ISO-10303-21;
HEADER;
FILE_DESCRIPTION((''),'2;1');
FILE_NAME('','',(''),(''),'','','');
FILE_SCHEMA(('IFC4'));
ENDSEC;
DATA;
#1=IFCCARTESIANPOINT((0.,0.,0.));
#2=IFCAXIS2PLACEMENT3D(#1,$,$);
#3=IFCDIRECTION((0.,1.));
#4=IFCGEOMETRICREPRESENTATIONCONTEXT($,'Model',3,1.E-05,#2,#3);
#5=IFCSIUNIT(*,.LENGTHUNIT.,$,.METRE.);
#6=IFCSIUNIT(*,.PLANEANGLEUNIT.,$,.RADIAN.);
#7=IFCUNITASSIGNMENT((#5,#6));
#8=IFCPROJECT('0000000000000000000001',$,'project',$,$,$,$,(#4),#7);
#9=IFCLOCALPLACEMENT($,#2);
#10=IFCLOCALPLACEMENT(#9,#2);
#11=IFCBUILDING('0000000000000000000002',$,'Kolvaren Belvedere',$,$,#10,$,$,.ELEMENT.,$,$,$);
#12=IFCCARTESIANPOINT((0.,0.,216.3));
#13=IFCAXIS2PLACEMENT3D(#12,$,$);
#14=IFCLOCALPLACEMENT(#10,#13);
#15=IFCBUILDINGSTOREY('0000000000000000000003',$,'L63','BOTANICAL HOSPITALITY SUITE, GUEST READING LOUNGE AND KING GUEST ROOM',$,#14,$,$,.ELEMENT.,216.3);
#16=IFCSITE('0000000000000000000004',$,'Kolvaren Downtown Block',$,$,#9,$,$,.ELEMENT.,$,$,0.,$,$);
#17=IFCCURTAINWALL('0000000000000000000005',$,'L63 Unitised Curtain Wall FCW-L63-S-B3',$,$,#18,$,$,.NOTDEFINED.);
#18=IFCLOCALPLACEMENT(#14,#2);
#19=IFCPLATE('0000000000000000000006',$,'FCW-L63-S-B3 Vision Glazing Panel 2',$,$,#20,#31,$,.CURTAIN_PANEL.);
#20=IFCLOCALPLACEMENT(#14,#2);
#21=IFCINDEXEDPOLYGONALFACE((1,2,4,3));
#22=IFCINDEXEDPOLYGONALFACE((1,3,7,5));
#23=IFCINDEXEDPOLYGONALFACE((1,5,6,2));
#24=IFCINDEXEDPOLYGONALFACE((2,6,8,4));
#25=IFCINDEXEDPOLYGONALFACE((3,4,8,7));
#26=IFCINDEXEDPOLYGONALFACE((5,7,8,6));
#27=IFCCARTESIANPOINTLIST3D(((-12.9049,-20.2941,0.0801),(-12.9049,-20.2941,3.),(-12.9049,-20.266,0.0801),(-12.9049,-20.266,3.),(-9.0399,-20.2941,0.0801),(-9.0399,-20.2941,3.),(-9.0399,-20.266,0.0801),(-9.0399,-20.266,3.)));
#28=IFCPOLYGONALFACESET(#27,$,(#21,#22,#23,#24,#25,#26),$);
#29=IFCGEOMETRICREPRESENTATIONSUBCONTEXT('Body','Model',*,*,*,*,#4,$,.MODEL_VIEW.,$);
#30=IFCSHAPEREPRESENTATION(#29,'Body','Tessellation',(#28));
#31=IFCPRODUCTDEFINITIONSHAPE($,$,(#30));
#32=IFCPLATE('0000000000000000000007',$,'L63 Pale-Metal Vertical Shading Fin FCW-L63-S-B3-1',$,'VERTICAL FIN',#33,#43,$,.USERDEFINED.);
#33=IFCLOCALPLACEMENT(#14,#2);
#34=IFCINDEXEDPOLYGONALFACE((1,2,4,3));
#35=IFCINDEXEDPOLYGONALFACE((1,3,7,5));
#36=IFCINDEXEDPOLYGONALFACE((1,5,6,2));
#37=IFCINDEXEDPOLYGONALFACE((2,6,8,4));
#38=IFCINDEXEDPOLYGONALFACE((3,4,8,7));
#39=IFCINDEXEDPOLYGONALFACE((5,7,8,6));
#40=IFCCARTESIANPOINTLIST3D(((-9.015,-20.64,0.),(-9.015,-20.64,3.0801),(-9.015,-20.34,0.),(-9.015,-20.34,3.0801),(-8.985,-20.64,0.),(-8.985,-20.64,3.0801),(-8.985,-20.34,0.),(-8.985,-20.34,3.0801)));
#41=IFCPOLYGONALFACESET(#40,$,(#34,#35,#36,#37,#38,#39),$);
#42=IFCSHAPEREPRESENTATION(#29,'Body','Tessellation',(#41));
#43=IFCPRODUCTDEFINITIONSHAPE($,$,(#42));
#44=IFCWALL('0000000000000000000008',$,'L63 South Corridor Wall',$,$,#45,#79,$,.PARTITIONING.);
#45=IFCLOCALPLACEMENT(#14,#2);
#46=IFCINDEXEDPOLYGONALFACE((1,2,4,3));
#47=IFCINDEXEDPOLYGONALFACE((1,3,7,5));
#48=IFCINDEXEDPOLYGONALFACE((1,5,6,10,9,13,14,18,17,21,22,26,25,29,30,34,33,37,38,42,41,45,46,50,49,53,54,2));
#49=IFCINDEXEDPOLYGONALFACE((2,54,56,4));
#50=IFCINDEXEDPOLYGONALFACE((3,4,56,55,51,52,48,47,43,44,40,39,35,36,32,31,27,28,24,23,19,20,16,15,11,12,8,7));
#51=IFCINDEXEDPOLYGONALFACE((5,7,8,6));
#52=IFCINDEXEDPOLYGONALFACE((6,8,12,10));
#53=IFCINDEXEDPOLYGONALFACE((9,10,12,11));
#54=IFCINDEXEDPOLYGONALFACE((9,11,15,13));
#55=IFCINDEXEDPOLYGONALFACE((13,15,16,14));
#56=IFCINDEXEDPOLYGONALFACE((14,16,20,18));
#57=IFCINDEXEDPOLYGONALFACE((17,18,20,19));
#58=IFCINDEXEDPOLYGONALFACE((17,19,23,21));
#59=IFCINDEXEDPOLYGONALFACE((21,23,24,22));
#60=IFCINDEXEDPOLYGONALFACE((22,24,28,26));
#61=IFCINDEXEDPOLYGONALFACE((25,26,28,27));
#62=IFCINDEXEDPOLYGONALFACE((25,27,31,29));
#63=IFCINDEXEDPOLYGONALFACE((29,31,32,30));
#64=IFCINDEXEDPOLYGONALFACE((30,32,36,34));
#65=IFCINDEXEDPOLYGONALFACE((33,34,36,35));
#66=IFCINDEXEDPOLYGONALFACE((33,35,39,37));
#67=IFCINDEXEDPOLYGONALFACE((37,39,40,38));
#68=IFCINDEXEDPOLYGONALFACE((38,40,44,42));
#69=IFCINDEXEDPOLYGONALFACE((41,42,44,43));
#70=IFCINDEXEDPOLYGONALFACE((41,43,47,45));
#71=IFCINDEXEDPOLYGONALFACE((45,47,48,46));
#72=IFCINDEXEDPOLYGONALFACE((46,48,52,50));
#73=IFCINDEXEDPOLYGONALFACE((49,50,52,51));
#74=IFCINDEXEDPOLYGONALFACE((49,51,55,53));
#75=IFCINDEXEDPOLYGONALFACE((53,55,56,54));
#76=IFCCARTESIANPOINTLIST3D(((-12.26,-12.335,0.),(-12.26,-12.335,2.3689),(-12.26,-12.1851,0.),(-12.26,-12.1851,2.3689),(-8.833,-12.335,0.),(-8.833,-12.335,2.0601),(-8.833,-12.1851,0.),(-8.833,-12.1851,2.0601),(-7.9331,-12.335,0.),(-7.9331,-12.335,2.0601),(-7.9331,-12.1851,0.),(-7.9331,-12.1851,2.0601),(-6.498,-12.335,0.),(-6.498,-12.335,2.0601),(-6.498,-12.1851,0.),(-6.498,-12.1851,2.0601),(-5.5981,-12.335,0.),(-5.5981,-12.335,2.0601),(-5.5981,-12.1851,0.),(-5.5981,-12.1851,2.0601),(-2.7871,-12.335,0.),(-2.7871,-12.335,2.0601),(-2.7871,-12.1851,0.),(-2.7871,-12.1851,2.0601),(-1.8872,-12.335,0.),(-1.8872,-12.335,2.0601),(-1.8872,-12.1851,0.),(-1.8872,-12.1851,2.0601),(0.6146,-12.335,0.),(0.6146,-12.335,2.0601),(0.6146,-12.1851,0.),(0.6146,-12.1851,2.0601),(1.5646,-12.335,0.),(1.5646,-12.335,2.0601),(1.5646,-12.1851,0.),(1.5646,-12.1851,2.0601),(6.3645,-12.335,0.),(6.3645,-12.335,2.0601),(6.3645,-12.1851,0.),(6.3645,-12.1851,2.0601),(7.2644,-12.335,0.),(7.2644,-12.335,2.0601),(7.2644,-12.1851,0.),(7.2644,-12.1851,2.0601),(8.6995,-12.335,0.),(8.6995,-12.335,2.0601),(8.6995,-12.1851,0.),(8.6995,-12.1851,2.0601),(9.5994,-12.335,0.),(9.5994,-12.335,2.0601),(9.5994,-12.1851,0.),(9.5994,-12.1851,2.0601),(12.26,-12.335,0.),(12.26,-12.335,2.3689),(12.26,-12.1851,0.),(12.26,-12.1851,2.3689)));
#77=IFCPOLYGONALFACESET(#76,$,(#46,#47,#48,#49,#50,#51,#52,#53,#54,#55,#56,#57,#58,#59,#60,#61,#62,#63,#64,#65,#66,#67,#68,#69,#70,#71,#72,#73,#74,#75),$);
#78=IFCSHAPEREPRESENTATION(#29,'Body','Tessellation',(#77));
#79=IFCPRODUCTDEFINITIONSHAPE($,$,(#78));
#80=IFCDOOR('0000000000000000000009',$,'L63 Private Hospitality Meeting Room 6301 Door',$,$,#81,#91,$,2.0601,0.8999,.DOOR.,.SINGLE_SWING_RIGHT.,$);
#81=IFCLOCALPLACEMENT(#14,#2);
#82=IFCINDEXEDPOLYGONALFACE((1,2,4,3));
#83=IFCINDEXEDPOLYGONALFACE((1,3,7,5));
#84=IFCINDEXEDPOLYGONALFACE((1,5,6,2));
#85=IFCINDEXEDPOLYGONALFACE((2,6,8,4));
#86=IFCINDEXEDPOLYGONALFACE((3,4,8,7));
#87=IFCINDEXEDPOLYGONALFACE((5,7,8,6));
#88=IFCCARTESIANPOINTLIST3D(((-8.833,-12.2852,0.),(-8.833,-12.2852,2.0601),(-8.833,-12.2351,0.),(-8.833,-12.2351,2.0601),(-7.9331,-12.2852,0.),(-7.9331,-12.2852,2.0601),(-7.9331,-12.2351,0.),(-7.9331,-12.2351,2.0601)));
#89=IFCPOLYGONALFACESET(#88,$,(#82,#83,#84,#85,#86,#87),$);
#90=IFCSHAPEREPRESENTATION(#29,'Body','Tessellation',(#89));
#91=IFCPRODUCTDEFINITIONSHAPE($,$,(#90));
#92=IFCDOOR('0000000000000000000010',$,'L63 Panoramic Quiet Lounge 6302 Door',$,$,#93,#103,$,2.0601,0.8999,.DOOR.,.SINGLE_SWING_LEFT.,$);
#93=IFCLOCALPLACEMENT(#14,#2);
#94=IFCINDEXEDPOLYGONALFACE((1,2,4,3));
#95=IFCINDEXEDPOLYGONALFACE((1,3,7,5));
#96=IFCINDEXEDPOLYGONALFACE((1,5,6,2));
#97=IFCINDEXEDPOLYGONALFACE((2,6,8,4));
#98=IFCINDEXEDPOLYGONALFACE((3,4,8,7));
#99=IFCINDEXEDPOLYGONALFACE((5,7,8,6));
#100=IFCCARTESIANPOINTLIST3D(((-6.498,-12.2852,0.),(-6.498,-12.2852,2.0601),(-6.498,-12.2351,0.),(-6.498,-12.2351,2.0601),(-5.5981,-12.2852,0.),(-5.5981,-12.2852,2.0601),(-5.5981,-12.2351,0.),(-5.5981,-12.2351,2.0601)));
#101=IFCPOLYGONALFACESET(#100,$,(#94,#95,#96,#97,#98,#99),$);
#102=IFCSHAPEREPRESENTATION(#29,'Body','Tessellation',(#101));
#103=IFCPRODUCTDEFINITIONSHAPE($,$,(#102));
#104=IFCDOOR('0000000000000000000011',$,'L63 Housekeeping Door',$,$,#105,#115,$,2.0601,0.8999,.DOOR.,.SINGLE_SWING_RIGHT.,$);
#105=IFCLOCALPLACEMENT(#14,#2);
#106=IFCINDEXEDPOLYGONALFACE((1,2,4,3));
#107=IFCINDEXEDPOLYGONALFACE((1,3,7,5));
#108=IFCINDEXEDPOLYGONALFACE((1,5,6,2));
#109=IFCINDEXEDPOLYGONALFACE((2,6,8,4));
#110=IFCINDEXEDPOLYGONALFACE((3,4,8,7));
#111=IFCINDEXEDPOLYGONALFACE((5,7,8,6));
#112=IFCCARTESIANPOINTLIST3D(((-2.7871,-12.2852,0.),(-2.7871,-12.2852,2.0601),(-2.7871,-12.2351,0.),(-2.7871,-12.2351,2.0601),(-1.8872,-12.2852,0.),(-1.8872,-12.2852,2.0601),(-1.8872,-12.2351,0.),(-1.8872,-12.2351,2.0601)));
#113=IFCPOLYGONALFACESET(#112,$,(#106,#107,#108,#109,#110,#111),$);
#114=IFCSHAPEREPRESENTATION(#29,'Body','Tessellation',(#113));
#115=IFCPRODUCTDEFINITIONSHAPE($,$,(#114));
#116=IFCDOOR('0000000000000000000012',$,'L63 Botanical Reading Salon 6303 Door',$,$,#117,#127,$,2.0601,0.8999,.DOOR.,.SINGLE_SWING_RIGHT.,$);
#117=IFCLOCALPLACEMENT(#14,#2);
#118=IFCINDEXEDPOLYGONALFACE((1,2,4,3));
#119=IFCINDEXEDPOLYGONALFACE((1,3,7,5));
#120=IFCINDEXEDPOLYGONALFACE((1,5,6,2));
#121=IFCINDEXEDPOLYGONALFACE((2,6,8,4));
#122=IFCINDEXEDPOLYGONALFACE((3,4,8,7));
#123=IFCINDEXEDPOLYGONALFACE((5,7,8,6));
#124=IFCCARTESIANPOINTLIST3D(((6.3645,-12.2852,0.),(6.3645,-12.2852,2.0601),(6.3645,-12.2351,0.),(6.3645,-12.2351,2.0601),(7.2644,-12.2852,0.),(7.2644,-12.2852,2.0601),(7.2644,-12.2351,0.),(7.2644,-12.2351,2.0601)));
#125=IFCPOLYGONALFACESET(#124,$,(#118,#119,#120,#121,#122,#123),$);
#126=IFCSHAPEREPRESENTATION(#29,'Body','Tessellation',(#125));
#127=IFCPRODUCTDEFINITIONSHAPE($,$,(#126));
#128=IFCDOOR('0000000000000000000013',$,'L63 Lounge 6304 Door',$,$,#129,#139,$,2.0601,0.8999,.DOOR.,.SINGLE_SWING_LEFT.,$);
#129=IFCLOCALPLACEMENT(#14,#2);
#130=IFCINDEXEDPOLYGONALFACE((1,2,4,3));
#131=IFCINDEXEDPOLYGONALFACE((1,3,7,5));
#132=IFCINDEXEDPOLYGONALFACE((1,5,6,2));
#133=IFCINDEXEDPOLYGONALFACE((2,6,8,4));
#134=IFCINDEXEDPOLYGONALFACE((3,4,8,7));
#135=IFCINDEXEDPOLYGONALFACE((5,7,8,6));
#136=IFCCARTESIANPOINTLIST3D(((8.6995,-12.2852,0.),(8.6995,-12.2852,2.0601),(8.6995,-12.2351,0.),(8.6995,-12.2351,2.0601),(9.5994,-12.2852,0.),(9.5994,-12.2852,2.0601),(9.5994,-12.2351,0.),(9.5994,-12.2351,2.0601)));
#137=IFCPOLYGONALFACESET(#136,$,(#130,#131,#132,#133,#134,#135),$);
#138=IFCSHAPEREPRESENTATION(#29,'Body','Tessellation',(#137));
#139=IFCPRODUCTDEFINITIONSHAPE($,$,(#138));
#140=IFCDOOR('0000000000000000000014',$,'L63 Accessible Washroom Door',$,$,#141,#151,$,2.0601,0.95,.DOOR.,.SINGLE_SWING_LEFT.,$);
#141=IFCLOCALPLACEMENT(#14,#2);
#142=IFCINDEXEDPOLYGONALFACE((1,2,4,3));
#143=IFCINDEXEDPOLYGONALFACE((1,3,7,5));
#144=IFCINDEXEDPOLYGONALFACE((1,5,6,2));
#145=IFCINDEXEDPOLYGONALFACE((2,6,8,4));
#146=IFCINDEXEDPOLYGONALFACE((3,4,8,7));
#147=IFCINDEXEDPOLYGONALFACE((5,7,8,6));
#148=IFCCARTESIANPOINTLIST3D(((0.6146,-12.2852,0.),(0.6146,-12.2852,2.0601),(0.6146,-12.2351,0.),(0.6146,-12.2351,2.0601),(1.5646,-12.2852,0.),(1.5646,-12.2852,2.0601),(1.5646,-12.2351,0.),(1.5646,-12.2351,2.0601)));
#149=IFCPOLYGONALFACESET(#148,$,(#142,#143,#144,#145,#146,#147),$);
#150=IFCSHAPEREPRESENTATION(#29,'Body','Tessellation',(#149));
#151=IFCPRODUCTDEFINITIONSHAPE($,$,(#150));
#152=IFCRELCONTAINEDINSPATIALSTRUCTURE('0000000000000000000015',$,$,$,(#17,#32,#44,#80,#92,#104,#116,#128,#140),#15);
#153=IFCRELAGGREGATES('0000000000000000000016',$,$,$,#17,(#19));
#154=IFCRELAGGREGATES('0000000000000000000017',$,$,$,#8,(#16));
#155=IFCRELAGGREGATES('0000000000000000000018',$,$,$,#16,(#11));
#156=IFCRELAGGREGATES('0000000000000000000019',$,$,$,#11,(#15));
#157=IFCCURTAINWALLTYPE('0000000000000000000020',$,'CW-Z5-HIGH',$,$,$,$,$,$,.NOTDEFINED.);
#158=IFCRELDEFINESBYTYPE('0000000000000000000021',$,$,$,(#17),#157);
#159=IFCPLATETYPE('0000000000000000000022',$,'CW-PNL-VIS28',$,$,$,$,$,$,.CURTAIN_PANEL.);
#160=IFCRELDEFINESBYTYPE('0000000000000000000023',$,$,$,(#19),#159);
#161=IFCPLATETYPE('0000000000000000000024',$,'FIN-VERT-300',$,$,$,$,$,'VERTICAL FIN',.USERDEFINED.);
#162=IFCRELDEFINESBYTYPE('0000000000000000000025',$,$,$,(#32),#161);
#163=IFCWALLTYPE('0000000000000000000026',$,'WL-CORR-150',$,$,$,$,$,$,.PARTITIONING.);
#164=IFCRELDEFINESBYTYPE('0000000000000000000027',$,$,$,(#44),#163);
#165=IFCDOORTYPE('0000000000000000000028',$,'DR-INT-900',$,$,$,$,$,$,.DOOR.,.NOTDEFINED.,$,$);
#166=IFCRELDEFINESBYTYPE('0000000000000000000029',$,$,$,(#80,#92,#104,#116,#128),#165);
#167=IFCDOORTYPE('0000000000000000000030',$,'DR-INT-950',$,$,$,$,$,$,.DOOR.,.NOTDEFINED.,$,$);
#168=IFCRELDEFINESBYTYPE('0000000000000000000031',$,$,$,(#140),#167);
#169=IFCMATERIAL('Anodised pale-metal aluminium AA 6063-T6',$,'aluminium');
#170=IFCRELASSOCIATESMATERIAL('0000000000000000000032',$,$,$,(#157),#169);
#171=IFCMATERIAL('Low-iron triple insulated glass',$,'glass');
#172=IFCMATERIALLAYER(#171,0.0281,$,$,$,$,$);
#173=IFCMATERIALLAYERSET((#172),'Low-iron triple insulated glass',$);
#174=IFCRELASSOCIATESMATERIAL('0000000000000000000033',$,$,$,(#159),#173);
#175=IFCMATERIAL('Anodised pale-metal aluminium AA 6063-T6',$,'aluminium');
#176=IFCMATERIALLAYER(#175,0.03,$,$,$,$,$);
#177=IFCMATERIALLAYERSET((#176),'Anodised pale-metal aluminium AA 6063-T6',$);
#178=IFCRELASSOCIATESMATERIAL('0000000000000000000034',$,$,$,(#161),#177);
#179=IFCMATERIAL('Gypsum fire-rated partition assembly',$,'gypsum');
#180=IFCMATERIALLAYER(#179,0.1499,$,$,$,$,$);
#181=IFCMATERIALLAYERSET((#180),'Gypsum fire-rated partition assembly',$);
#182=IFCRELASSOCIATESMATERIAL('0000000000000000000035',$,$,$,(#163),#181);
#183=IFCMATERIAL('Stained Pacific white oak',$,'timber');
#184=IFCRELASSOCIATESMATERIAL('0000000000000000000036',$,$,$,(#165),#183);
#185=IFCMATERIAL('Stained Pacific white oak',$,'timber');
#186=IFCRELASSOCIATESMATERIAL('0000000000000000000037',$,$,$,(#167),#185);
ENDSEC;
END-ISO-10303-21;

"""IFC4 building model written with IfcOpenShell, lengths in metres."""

from ifc_helpers import new_model, si_unit, direction, frame, frame_2d, origin, origin_2d, place, context, subcontext, project, spatial, rectangle, extrude, material, layer, layer_set, type_object, element, fill, aggregate, save


model = new_model("IFC4")

# Units and contexts
model_context = context("Model", 3, precision=1e-05, world=origin(), true_north=direction((0.0, 1.0)))
body_context = subcontext(model_context, "Body", "Model", "MODEL_VIEW")
ifc_project = project(units=[si_unit("LENGTHUNIT", "METRE"), si_unit("PLANEANGLEUNIT", "RADIAN")], contexts=[model_context])

# Site, building, storey
site_placement = place(None, origin())
site = spatial("IfcSite", under=ifc_project, at=site_placement, Name="Kolvaren Downtown Block", CompositionType="ELEMENT", RefElevation=0.0)
building_placement = place(site_placement, origin())
building = spatial("IfcBuilding", under=site, at=building_placement, Name="Kolvaren Belvedere", CompositionType="ELEMENT")
storey_placement = place(building_placement, frame((0.0, 0.0, 216.3)))
storey = spatial("IfcBuildingStorey", under=building, at=storey_placement, Name="L63", Description="BOTANICAL HOSPITALITY SUITE, GUEST READING LOUNGE AND KING GUEST ROOM", CompositionType="ELEMENT", Elevation=216.3)

# Curtain wall, plate
ifc_material_1 = material(Name="Anodised pale-metal aluminium AA 6063-T6", Category="aluminium")
curtain_wall_type = type_object("IfcCurtainWallType", Name="CW-Z5-HIGH", PredefinedType="NOTDEFINED", material=ifc_material_1)
curtain_wall_placement = place(storey_placement, origin())
curtain_wall = element("IfcCurtainWall", 1, at=curtain_wall_placement, inside=storey, type_object=curtain_wall_type, Name="L63 Unitised Curtain Wall FCW-L63-S-B3", PredefinedType="NOTDEFINED")
ifc_material_2 = material(Name="Low-iron triple insulated glass", Category="glass")
ifc_layer_1 = layer(ifc_material_2, 0.0281)
ifc_layer_set_1 = layer_set([ifc_layer_1], Name="Low-iron triple insulated glass")
plate_type_1 = type_object("IfcPlateType", Name="CW-PNL-VIS28", PredefinedType="CURTAIN_PANEL", material=ifc_layer_set_1)
plate_1_placement = place(storey_placement, frame((-10.9724, -20.28, 0.0801), z_axis=(0.0, 0.0, 1.0), x_axis=(-1.0, 0.0, 0.0)))
plate_1 = element("IfcPlate", 2, at=plate_1_placement, type_object=plate_type_1, Name="FCW-L63-S-B3 Vision Glazing Panel 2", PredefinedType="CURTAIN_PANEL", context=body_context, shape_type="SweptSolid", body=[
    extrude(rectangle(XDim=3.865, YDim=0.0281, at=origin_2d()), origin(), (0.0, 0.0, 1.0), 2.9199),
])
aggregate(curtain_wall, [plate_1])

# Plate
ifc_material_3 = material(Name="Anodised pale-metal aluminium AA 6063-T6", Category="aluminium")
ifc_layer_2 = layer(ifc_material_3, 0.03)
ifc_layer_set_2 = layer_set([ifc_layer_2], Name="Anodised pale-metal aluminium AA 6063-T6")
plate_type_2 = type_object("IfcPlateType", Name="FIN-VERT-300", ElementType="VERTICAL FIN", PredefinedType="USERDEFINED", material=ifc_layer_set_2)
plate_2_placement = place(storey_placement, frame((-9.0, -20.49, 0.0), z_axis=(0.0, 0.0, 1.0), x_axis=(0.0, 1.0, 0.0)))
element("IfcPlate", 3, at=plate_2_placement, inside=storey, type_object=plate_type_2, Name="L63 Pale-Metal Vertical Shading Fin FCW-L63-S-B3-1", ObjectType="VERTICAL FIN", PredefinedType="USERDEFINED", context=body_context, shape_type="SweptSolid", body=[
    extrude(rectangle(XDim=0.3, YDim=0.03, at=origin_2d()), origin(), (0.0, 0.0, 1.0), 3.0801),
])

# Wall, openings, doors
ifc_material_4 = material(Name="Gypsum fire-rated partition assembly", Category="gypsum")
ifc_layer_3 = layer(ifc_material_4, 0.1499)
ifc_layer_set_3 = layer_set([ifc_layer_3], Name="Gypsum fire-rated partition assembly")
wall_type_1 = type_object("IfcWallType", Name="WL-CORR-150", PredefinedType="PARTITIONING", material=ifc_layer_set_3)
wall_1_placement = place(storey_placement, frame((-12.26, -12.26, 0.0), z_axis=(0.0, 0.0, 1.0), x_axis=(1.0, 0.0, 0.0)))
wall_1 = element("IfcWall", 4, at=wall_1_placement, inside=storey, type_object=wall_type_1, Name="L63 South Corridor Wall", PredefinedType="PARTITIONING", context=body_context, shape_type="SweptSolid", body=[
    extrude(rectangle(XDim=24.52, YDim=0.1499, at=frame_2d((12.26, 0.0))), origin(), (0.0, 0.0, 1.0), 2.3689),
])
opening_1_placement = place(wall_1_placement, frame((3.427, 0.0, 0.0)))
opening_1 = element("IfcOpeningElement", 5, at=opening_1_placement, cuts=wall_1, PredefinedType="OPENING", context=body_context, shape_type="SweptSolid", body=[
    extrude(rectangle(XDim=0.8999, YDim=2.0601, at=frame_2d((0.45, 1.03))), frame((0.0, 0.085, 0.0), z_axis=(0.0, -1.0, 0.0), x_axis=(1.0, 0.0, 0.0)), (0.0, 0.0, 1.0), 0.1699),
])
opening_2_placement = place(wall_1_placement, frame((5.762, 0.0, 0.0)))
opening_2 = element("IfcOpeningElement", 6, at=opening_2_placement, cuts=wall_1, PredefinedType="OPENING", context=body_context, shape_type="SweptSolid", body=[
    extrude(rectangle(XDim=0.8999, YDim=2.0601, at=frame_2d((0.45, 1.03))), frame((0.0, 0.085, 0.0), z_axis=(0.0, -1.0, 0.0), x_axis=(1.0, 0.0, 0.0)), (0.0, 0.0, 1.0), 0.1699),
])
opening_3_placement = place(wall_1_placement, frame((9.4729, 0.0, 0.0)))
opening_3 = element("IfcOpeningElement", 7, at=opening_3_placement, cuts=wall_1, PredefinedType="OPENING", context=body_context, shape_type="SweptSolid", body=[
    extrude(rectangle(XDim=0.8999, YDim=2.0601, at=frame_2d((0.45, 1.03))), frame((0.0, 0.085, 0.0), z_axis=(0.0, -1.0, 0.0), x_axis=(1.0, 0.0, 0.0)), (0.0, 0.0, 1.0), 0.1699),
])
opening_4_placement = place(wall_1_placement, frame((12.8745, 0.0, 0.0)))
opening_4 = element("IfcOpeningElement", 8, at=opening_4_placement, cuts=wall_1, PredefinedType="OPENING", context=body_context, shape_type="SweptSolid", body=[
    extrude(rectangle(XDim=0.95, YDim=2.0601, at=frame_2d((0.4751, 1.03))), frame((0.0, 0.085, 0.0), z_axis=(0.0, -1.0, 0.0), x_axis=(1.0, 0.0, 0.0)), (0.0, 0.0, 1.0), 0.1699),
])
opening_5_placement = place(wall_1_placement, frame((18.6245, 0.0, 0.0)))
opening_5 = element("IfcOpeningElement", 9, at=opening_5_placement, cuts=wall_1, PredefinedType="OPENING", context=body_context, shape_type="SweptSolid", body=[
    extrude(rectangle(XDim=0.8999, YDim=2.0601, at=frame_2d((0.45, 1.03))), frame((0.0, 0.085, 0.0), z_axis=(0.0, -1.0, 0.0), x_axis=(1.0, 0.0, 0.0)), (0.0, 0.0, 1.0), 0.1699),
])
opening_6_placement = place(wall_1_placement, frame((20.9595, 0.0, 0.0)))
opening_6 = element("IfcOpeningElement", 10, at=opening_6_placement, cuts=wall_1, PredefinedType="OPENING", context=body_context, shape_type="SweptSolid", body=[
    extrude(rectangle(XDim=0.8999, YDim=2.0601, at=frame_2d((0.45, 1.03))), frame((0.0, 0.085, 0.0), z_axis=(0.0, -1.0, 0.0), x_axis=(1.0, 0.0, 0.0)), (0.0, 0.0, 1.0), 0.1699),
])
ifc_material_5 = material(Name="Stained Pacific white oak", Category="timber")
door_type_1 = type_object("IfcDoorType", Name="DR-INT-900", OperationType="NOTDEFINED", PredefinedType="DOOR", material=ifc_material_5)
door_1_placement = place(opening_1_placement, origin())
door_1 = element("IfcDoor", 11, at=door_1_placement, inside=storey, type_object=door_type_1, Name="L63 Private Hospitality Meeting Room 6301 Door", OperationType="SINGLE_SWING_RIGHT", OverallHeight=2.0601, OverallWidth=0.8999, PredefinedType="DOOR", context=body_context, shape_type="SweptSolid", body=[
    extrude(rectangle(XDim=0.8999, YDim=2.0601, at=frame_2d((0.45, 1.03))), frame((0.0, 0.0249, 0.0), z_axis=(0.0, -1.0, 0.0), x_axis=(1.0, 0.0, 0.0)), (0.0, 0.0, 1.0), 0.05),
])
fill(opening_1, door_1)
door_2_placement = place(opening_2_placement, origin())
door_2 = element("IfcDoor", 12, at=door_2_placement, inside=storey, type_object=door_type_1, Name="L63 Panoramic Quiet Lounge 6302 Door", OperationType="SINGLE_SWING_LEFT", OverallHeight=2.0601, OverallWidth=0.8999, PredefinedType="DOOR", context=body_context, shape_type="SweptSolid", body=[
    extrude(rectangle(XDim=0.8999, YDim=2.0601, at=frame_2d((0.45, 1.03))), frame((0.0, 0.0249, 0.0), z_axis=(0.0, -1.0, 0.0), x_axis=(1.0, 0.0, 0.0)), (0.0, 0.0, 1.0), 0.05),
])
fill(opening_2, door_2)
door_3_placement = place(opening_3_placement, origin())
door_3 = element("IfcDoor", 13, at=door_3_placement, inside=storey, type_object=door_type_1, Name="L63 Housekeeping Door", OperationType="SINGLE_SWING_RIGHT", OverallHeight=2.0601, OverallWidth=0.8999, PredefinedType="DOOR", context=body_context, shape_type="SweptSolid", body=[
    extrude(rectangle(XDim=0.8999, YDim=2.0601, at=frame_2d((0.45, 1.03))), frame((0.0, 0.0249, 0.0), z_axis=(0.0, -1.0, 0.0), x_axis=(1.0, 0.0, 0.0)), (0.0, 0.0, 1.0), 0.05),
])
fill(opening_3, door_3)
door_4_placement = place(opening_5_placement, origin())
door_4 = element("IfcDoor", 14, at=door_4_placement, inside=storey, type_object=door_type_1, Name="L63 Botanical Reading Salon 6303 Door", OperationType="SINGLE_SWING_RIGHT", OverallHeight=2.0601, OverallWidth=0.8999, PredefinedType="DOOR", context=body_context, shape_type="SweptSolid", body=[
    extrude(rectangle(XDim=0.8999, YDim=2.0601, at=frame_2d((0.45, 1.03))), frame((0.0, 0.0249, 0.0), z_axis=(0.0, -1.0, 0.0), x_axis=(1.0, 0.0, 0.0)), (0.0, 0.0, 1.0), 0.05),
])
fill(opening_5, door_4)
door_5_placement = place(opening_6_placement, origin())
door_5 = element("IfcDoor", 15, at=door_5_placement, inside=storey, type_object=door_type_1, Name="L63 Lounge 6304 Door", OperationType="SINGLE_SWING_LEFT", OverallHeight=2.0601, OverallWidth=0.8999, PredefinedType="DOOR", context=body_context, shape_type="SweptSolid", body=[
    extrude(rectangle(XDim=0.8999, YDim=2.0601, at=frame_2d((0.45, 1.03))), frame((0.0, 0.0249, 0.0), z_axis=(0.0, -1.0, 0.0), x_axis=(1.0, 0.0, 0.0)), (0.0, 0.0, 1.0), 0.05),
])
fill(opening_6, door_5)
ifc_material_6 = material(Name="Stained Pacific white oak", Category="timber")
door_type_2 = type_object("IfcDoorType", Name="DR-INT-950", OperationType="NOTDEFINED", PredefinedType="DOOR", material=ifc_material_6)
door_6_placement = place(opening_4_placement, origin())
door_6 = element("IfcDoor", 16, at=door_6_placement, inside=storey, type_object=door_type_2, Name="L63 Accessible Washroom Door", OperationType="SINGLE_SWING_LEFT", OverallHeight=2.0601, OverallWidth=0.95, PredefinedType="DOOR", context=body_context, shape_type="SweptSolid", body=[
    extrude(rectangle(XDim=0.95, YDim=2.0601, at=frame_2d((0.4751, 1.03))), frame((0.0, 0.0249, 0.0), z_axis=(0.0, -1.0, 0.0), x_axis=(1.0, 0.0, 0.0)), (0.0, 0.0, 1.0), 0.05),
])
fill(opening_4, door_6)

save(model, "model.ifc")
